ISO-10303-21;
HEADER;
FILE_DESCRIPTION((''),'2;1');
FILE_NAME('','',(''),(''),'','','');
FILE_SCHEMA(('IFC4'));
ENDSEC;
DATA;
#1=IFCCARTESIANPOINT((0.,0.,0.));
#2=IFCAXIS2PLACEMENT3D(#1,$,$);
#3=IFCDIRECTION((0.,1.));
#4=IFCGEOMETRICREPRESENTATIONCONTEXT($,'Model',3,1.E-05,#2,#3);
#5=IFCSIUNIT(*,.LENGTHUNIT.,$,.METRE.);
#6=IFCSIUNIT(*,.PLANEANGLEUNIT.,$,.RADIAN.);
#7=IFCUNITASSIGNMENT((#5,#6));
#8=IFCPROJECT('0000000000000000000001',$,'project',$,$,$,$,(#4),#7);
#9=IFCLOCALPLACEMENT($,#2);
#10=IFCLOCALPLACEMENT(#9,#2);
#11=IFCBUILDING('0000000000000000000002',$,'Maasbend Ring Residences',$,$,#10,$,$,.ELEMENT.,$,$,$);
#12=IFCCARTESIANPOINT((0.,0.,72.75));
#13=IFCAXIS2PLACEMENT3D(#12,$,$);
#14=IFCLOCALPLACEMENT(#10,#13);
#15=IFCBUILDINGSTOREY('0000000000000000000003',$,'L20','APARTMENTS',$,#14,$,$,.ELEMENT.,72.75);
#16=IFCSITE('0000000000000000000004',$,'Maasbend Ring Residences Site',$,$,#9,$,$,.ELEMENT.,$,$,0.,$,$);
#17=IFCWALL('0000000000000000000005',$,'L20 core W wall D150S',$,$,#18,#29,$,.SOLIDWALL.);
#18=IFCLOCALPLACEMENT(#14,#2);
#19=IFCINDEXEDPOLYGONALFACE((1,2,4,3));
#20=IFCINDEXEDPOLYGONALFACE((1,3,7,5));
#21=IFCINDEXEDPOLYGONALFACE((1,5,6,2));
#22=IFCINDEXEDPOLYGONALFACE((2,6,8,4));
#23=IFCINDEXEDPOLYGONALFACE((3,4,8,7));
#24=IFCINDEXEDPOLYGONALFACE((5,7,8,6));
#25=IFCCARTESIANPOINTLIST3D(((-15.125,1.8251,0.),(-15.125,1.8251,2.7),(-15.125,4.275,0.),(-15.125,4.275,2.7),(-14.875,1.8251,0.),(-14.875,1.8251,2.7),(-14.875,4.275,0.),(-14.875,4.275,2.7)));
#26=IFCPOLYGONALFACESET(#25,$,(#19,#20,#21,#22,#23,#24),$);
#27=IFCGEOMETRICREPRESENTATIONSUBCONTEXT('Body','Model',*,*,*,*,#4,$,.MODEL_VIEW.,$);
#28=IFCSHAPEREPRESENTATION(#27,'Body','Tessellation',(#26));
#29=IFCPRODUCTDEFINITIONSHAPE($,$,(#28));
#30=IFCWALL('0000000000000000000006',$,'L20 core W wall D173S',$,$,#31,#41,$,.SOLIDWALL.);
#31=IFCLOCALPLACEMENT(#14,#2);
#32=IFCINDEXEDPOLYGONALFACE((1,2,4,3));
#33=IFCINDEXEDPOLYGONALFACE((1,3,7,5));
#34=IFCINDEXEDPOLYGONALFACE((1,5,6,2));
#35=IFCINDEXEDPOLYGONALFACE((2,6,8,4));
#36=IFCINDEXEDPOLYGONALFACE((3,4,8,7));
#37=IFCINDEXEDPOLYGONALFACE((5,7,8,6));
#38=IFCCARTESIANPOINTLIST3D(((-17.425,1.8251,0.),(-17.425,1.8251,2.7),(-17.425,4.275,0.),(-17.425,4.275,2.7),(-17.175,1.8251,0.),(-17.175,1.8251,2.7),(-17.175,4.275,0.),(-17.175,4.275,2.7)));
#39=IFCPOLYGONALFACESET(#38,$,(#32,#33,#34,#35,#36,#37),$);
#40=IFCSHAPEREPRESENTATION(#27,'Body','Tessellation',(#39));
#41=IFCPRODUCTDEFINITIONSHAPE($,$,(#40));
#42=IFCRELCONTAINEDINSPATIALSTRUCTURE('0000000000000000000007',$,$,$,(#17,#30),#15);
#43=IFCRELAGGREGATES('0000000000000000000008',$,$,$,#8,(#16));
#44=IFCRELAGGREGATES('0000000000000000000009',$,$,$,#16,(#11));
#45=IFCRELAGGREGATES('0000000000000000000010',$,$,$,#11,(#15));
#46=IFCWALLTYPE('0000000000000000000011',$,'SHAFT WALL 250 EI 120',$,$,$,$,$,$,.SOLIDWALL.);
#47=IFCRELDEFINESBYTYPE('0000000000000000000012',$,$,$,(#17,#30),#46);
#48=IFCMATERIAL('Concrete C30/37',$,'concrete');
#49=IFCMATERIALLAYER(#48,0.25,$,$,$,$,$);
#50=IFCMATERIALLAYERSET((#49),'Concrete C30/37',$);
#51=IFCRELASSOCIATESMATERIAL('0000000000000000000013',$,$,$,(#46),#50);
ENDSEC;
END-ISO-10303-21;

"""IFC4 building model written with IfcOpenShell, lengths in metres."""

from ifc_helpers import new_model, si_unit, direction, frame, frame_2d, origin, place, context, subcontext, project, spatial, rectangle, extrude, material, layer, layer_set, type_object, element, save


model = new_model("IFC4")

# Units and contexts
model_context = context("Model", 3, precision=1e-05, world=origin(), true_north=direction((0.0, 1.0)))
body_context = subcontext(model_context, "Body", "Model", "MODEL_VIEW")
ifc_project = project(units=[si_unit("LENGTHUNIT", "METRE"), si_unit("PLANEANGLEUNIT", "RADIAN")], contexts=[model_context])

# Site, building, storey
site_placement = place(None, origin())
site = spatial("IfcSite", under=ifc_project, at=site_placement, Name="Maasbend Ring Residences Site", CompositionType="ELEMENT", RefElevation=0.0)
building_placement = place(site_placement, origin())
building = spatial("IfcBuilding", under=site, at=building_placement, Name="Maasbend Ring Residences", CompositionType="ELEMENT")
storey_placement = place(building_placement, frame((0.0, 0.0, 72.75)))
storey = spatial("IfcBuildingStorey", under=building, at=storey_placement, Name="L20", Description="APARTMENTS", CompositionType="ELEMENT", Elevation=72.75)

# Walls
ifc_material_1 = material(Name="Concrete C30/37", Category="concrete")
ifc_layer_1 = layer(ifc_material_1, 0.25)
ifc_layer_set_1 = layer_set([ifc_layer_1], Name="Concrete C30/37")
wall_type_1 = type_object("IfcWallType", Name="SHAFT WALL 250 EI 120", PredefinedType="SOLIDWALL", material=ifc_layer_set_1)
for number, where, z_axis, x_axis, name in (
    (1, (-15.0, 1.825, 0.0), (0.0, 0.0, 1.0), (0.0, 1.0, 0.0), "L20 core W wall D150S"),
    (2, (-17.3, 1.825, 0.0), (0.0, 0.0, 1.0), (0.0, 1.0, 0.0), "L20 core W wall D173S"),
):
    element("IfcWall", number, at=place(storey_placement, frame(where, z_axis=z_axis, x_axis=x_axis)), inside=storey, type_object=wall_type_1, Name=name, PredefinedType="SOLIDWALL", context=body_context, shape_type="SweptSolid", body=[
        extrude(rectangle(XDim=2.45, YDim=0.25, at=frame_2d((1.2251, 0.0))), origin(), (0.0, 0.0, 1.0), 2.7),
    ])

save(model, "model.ifc")
